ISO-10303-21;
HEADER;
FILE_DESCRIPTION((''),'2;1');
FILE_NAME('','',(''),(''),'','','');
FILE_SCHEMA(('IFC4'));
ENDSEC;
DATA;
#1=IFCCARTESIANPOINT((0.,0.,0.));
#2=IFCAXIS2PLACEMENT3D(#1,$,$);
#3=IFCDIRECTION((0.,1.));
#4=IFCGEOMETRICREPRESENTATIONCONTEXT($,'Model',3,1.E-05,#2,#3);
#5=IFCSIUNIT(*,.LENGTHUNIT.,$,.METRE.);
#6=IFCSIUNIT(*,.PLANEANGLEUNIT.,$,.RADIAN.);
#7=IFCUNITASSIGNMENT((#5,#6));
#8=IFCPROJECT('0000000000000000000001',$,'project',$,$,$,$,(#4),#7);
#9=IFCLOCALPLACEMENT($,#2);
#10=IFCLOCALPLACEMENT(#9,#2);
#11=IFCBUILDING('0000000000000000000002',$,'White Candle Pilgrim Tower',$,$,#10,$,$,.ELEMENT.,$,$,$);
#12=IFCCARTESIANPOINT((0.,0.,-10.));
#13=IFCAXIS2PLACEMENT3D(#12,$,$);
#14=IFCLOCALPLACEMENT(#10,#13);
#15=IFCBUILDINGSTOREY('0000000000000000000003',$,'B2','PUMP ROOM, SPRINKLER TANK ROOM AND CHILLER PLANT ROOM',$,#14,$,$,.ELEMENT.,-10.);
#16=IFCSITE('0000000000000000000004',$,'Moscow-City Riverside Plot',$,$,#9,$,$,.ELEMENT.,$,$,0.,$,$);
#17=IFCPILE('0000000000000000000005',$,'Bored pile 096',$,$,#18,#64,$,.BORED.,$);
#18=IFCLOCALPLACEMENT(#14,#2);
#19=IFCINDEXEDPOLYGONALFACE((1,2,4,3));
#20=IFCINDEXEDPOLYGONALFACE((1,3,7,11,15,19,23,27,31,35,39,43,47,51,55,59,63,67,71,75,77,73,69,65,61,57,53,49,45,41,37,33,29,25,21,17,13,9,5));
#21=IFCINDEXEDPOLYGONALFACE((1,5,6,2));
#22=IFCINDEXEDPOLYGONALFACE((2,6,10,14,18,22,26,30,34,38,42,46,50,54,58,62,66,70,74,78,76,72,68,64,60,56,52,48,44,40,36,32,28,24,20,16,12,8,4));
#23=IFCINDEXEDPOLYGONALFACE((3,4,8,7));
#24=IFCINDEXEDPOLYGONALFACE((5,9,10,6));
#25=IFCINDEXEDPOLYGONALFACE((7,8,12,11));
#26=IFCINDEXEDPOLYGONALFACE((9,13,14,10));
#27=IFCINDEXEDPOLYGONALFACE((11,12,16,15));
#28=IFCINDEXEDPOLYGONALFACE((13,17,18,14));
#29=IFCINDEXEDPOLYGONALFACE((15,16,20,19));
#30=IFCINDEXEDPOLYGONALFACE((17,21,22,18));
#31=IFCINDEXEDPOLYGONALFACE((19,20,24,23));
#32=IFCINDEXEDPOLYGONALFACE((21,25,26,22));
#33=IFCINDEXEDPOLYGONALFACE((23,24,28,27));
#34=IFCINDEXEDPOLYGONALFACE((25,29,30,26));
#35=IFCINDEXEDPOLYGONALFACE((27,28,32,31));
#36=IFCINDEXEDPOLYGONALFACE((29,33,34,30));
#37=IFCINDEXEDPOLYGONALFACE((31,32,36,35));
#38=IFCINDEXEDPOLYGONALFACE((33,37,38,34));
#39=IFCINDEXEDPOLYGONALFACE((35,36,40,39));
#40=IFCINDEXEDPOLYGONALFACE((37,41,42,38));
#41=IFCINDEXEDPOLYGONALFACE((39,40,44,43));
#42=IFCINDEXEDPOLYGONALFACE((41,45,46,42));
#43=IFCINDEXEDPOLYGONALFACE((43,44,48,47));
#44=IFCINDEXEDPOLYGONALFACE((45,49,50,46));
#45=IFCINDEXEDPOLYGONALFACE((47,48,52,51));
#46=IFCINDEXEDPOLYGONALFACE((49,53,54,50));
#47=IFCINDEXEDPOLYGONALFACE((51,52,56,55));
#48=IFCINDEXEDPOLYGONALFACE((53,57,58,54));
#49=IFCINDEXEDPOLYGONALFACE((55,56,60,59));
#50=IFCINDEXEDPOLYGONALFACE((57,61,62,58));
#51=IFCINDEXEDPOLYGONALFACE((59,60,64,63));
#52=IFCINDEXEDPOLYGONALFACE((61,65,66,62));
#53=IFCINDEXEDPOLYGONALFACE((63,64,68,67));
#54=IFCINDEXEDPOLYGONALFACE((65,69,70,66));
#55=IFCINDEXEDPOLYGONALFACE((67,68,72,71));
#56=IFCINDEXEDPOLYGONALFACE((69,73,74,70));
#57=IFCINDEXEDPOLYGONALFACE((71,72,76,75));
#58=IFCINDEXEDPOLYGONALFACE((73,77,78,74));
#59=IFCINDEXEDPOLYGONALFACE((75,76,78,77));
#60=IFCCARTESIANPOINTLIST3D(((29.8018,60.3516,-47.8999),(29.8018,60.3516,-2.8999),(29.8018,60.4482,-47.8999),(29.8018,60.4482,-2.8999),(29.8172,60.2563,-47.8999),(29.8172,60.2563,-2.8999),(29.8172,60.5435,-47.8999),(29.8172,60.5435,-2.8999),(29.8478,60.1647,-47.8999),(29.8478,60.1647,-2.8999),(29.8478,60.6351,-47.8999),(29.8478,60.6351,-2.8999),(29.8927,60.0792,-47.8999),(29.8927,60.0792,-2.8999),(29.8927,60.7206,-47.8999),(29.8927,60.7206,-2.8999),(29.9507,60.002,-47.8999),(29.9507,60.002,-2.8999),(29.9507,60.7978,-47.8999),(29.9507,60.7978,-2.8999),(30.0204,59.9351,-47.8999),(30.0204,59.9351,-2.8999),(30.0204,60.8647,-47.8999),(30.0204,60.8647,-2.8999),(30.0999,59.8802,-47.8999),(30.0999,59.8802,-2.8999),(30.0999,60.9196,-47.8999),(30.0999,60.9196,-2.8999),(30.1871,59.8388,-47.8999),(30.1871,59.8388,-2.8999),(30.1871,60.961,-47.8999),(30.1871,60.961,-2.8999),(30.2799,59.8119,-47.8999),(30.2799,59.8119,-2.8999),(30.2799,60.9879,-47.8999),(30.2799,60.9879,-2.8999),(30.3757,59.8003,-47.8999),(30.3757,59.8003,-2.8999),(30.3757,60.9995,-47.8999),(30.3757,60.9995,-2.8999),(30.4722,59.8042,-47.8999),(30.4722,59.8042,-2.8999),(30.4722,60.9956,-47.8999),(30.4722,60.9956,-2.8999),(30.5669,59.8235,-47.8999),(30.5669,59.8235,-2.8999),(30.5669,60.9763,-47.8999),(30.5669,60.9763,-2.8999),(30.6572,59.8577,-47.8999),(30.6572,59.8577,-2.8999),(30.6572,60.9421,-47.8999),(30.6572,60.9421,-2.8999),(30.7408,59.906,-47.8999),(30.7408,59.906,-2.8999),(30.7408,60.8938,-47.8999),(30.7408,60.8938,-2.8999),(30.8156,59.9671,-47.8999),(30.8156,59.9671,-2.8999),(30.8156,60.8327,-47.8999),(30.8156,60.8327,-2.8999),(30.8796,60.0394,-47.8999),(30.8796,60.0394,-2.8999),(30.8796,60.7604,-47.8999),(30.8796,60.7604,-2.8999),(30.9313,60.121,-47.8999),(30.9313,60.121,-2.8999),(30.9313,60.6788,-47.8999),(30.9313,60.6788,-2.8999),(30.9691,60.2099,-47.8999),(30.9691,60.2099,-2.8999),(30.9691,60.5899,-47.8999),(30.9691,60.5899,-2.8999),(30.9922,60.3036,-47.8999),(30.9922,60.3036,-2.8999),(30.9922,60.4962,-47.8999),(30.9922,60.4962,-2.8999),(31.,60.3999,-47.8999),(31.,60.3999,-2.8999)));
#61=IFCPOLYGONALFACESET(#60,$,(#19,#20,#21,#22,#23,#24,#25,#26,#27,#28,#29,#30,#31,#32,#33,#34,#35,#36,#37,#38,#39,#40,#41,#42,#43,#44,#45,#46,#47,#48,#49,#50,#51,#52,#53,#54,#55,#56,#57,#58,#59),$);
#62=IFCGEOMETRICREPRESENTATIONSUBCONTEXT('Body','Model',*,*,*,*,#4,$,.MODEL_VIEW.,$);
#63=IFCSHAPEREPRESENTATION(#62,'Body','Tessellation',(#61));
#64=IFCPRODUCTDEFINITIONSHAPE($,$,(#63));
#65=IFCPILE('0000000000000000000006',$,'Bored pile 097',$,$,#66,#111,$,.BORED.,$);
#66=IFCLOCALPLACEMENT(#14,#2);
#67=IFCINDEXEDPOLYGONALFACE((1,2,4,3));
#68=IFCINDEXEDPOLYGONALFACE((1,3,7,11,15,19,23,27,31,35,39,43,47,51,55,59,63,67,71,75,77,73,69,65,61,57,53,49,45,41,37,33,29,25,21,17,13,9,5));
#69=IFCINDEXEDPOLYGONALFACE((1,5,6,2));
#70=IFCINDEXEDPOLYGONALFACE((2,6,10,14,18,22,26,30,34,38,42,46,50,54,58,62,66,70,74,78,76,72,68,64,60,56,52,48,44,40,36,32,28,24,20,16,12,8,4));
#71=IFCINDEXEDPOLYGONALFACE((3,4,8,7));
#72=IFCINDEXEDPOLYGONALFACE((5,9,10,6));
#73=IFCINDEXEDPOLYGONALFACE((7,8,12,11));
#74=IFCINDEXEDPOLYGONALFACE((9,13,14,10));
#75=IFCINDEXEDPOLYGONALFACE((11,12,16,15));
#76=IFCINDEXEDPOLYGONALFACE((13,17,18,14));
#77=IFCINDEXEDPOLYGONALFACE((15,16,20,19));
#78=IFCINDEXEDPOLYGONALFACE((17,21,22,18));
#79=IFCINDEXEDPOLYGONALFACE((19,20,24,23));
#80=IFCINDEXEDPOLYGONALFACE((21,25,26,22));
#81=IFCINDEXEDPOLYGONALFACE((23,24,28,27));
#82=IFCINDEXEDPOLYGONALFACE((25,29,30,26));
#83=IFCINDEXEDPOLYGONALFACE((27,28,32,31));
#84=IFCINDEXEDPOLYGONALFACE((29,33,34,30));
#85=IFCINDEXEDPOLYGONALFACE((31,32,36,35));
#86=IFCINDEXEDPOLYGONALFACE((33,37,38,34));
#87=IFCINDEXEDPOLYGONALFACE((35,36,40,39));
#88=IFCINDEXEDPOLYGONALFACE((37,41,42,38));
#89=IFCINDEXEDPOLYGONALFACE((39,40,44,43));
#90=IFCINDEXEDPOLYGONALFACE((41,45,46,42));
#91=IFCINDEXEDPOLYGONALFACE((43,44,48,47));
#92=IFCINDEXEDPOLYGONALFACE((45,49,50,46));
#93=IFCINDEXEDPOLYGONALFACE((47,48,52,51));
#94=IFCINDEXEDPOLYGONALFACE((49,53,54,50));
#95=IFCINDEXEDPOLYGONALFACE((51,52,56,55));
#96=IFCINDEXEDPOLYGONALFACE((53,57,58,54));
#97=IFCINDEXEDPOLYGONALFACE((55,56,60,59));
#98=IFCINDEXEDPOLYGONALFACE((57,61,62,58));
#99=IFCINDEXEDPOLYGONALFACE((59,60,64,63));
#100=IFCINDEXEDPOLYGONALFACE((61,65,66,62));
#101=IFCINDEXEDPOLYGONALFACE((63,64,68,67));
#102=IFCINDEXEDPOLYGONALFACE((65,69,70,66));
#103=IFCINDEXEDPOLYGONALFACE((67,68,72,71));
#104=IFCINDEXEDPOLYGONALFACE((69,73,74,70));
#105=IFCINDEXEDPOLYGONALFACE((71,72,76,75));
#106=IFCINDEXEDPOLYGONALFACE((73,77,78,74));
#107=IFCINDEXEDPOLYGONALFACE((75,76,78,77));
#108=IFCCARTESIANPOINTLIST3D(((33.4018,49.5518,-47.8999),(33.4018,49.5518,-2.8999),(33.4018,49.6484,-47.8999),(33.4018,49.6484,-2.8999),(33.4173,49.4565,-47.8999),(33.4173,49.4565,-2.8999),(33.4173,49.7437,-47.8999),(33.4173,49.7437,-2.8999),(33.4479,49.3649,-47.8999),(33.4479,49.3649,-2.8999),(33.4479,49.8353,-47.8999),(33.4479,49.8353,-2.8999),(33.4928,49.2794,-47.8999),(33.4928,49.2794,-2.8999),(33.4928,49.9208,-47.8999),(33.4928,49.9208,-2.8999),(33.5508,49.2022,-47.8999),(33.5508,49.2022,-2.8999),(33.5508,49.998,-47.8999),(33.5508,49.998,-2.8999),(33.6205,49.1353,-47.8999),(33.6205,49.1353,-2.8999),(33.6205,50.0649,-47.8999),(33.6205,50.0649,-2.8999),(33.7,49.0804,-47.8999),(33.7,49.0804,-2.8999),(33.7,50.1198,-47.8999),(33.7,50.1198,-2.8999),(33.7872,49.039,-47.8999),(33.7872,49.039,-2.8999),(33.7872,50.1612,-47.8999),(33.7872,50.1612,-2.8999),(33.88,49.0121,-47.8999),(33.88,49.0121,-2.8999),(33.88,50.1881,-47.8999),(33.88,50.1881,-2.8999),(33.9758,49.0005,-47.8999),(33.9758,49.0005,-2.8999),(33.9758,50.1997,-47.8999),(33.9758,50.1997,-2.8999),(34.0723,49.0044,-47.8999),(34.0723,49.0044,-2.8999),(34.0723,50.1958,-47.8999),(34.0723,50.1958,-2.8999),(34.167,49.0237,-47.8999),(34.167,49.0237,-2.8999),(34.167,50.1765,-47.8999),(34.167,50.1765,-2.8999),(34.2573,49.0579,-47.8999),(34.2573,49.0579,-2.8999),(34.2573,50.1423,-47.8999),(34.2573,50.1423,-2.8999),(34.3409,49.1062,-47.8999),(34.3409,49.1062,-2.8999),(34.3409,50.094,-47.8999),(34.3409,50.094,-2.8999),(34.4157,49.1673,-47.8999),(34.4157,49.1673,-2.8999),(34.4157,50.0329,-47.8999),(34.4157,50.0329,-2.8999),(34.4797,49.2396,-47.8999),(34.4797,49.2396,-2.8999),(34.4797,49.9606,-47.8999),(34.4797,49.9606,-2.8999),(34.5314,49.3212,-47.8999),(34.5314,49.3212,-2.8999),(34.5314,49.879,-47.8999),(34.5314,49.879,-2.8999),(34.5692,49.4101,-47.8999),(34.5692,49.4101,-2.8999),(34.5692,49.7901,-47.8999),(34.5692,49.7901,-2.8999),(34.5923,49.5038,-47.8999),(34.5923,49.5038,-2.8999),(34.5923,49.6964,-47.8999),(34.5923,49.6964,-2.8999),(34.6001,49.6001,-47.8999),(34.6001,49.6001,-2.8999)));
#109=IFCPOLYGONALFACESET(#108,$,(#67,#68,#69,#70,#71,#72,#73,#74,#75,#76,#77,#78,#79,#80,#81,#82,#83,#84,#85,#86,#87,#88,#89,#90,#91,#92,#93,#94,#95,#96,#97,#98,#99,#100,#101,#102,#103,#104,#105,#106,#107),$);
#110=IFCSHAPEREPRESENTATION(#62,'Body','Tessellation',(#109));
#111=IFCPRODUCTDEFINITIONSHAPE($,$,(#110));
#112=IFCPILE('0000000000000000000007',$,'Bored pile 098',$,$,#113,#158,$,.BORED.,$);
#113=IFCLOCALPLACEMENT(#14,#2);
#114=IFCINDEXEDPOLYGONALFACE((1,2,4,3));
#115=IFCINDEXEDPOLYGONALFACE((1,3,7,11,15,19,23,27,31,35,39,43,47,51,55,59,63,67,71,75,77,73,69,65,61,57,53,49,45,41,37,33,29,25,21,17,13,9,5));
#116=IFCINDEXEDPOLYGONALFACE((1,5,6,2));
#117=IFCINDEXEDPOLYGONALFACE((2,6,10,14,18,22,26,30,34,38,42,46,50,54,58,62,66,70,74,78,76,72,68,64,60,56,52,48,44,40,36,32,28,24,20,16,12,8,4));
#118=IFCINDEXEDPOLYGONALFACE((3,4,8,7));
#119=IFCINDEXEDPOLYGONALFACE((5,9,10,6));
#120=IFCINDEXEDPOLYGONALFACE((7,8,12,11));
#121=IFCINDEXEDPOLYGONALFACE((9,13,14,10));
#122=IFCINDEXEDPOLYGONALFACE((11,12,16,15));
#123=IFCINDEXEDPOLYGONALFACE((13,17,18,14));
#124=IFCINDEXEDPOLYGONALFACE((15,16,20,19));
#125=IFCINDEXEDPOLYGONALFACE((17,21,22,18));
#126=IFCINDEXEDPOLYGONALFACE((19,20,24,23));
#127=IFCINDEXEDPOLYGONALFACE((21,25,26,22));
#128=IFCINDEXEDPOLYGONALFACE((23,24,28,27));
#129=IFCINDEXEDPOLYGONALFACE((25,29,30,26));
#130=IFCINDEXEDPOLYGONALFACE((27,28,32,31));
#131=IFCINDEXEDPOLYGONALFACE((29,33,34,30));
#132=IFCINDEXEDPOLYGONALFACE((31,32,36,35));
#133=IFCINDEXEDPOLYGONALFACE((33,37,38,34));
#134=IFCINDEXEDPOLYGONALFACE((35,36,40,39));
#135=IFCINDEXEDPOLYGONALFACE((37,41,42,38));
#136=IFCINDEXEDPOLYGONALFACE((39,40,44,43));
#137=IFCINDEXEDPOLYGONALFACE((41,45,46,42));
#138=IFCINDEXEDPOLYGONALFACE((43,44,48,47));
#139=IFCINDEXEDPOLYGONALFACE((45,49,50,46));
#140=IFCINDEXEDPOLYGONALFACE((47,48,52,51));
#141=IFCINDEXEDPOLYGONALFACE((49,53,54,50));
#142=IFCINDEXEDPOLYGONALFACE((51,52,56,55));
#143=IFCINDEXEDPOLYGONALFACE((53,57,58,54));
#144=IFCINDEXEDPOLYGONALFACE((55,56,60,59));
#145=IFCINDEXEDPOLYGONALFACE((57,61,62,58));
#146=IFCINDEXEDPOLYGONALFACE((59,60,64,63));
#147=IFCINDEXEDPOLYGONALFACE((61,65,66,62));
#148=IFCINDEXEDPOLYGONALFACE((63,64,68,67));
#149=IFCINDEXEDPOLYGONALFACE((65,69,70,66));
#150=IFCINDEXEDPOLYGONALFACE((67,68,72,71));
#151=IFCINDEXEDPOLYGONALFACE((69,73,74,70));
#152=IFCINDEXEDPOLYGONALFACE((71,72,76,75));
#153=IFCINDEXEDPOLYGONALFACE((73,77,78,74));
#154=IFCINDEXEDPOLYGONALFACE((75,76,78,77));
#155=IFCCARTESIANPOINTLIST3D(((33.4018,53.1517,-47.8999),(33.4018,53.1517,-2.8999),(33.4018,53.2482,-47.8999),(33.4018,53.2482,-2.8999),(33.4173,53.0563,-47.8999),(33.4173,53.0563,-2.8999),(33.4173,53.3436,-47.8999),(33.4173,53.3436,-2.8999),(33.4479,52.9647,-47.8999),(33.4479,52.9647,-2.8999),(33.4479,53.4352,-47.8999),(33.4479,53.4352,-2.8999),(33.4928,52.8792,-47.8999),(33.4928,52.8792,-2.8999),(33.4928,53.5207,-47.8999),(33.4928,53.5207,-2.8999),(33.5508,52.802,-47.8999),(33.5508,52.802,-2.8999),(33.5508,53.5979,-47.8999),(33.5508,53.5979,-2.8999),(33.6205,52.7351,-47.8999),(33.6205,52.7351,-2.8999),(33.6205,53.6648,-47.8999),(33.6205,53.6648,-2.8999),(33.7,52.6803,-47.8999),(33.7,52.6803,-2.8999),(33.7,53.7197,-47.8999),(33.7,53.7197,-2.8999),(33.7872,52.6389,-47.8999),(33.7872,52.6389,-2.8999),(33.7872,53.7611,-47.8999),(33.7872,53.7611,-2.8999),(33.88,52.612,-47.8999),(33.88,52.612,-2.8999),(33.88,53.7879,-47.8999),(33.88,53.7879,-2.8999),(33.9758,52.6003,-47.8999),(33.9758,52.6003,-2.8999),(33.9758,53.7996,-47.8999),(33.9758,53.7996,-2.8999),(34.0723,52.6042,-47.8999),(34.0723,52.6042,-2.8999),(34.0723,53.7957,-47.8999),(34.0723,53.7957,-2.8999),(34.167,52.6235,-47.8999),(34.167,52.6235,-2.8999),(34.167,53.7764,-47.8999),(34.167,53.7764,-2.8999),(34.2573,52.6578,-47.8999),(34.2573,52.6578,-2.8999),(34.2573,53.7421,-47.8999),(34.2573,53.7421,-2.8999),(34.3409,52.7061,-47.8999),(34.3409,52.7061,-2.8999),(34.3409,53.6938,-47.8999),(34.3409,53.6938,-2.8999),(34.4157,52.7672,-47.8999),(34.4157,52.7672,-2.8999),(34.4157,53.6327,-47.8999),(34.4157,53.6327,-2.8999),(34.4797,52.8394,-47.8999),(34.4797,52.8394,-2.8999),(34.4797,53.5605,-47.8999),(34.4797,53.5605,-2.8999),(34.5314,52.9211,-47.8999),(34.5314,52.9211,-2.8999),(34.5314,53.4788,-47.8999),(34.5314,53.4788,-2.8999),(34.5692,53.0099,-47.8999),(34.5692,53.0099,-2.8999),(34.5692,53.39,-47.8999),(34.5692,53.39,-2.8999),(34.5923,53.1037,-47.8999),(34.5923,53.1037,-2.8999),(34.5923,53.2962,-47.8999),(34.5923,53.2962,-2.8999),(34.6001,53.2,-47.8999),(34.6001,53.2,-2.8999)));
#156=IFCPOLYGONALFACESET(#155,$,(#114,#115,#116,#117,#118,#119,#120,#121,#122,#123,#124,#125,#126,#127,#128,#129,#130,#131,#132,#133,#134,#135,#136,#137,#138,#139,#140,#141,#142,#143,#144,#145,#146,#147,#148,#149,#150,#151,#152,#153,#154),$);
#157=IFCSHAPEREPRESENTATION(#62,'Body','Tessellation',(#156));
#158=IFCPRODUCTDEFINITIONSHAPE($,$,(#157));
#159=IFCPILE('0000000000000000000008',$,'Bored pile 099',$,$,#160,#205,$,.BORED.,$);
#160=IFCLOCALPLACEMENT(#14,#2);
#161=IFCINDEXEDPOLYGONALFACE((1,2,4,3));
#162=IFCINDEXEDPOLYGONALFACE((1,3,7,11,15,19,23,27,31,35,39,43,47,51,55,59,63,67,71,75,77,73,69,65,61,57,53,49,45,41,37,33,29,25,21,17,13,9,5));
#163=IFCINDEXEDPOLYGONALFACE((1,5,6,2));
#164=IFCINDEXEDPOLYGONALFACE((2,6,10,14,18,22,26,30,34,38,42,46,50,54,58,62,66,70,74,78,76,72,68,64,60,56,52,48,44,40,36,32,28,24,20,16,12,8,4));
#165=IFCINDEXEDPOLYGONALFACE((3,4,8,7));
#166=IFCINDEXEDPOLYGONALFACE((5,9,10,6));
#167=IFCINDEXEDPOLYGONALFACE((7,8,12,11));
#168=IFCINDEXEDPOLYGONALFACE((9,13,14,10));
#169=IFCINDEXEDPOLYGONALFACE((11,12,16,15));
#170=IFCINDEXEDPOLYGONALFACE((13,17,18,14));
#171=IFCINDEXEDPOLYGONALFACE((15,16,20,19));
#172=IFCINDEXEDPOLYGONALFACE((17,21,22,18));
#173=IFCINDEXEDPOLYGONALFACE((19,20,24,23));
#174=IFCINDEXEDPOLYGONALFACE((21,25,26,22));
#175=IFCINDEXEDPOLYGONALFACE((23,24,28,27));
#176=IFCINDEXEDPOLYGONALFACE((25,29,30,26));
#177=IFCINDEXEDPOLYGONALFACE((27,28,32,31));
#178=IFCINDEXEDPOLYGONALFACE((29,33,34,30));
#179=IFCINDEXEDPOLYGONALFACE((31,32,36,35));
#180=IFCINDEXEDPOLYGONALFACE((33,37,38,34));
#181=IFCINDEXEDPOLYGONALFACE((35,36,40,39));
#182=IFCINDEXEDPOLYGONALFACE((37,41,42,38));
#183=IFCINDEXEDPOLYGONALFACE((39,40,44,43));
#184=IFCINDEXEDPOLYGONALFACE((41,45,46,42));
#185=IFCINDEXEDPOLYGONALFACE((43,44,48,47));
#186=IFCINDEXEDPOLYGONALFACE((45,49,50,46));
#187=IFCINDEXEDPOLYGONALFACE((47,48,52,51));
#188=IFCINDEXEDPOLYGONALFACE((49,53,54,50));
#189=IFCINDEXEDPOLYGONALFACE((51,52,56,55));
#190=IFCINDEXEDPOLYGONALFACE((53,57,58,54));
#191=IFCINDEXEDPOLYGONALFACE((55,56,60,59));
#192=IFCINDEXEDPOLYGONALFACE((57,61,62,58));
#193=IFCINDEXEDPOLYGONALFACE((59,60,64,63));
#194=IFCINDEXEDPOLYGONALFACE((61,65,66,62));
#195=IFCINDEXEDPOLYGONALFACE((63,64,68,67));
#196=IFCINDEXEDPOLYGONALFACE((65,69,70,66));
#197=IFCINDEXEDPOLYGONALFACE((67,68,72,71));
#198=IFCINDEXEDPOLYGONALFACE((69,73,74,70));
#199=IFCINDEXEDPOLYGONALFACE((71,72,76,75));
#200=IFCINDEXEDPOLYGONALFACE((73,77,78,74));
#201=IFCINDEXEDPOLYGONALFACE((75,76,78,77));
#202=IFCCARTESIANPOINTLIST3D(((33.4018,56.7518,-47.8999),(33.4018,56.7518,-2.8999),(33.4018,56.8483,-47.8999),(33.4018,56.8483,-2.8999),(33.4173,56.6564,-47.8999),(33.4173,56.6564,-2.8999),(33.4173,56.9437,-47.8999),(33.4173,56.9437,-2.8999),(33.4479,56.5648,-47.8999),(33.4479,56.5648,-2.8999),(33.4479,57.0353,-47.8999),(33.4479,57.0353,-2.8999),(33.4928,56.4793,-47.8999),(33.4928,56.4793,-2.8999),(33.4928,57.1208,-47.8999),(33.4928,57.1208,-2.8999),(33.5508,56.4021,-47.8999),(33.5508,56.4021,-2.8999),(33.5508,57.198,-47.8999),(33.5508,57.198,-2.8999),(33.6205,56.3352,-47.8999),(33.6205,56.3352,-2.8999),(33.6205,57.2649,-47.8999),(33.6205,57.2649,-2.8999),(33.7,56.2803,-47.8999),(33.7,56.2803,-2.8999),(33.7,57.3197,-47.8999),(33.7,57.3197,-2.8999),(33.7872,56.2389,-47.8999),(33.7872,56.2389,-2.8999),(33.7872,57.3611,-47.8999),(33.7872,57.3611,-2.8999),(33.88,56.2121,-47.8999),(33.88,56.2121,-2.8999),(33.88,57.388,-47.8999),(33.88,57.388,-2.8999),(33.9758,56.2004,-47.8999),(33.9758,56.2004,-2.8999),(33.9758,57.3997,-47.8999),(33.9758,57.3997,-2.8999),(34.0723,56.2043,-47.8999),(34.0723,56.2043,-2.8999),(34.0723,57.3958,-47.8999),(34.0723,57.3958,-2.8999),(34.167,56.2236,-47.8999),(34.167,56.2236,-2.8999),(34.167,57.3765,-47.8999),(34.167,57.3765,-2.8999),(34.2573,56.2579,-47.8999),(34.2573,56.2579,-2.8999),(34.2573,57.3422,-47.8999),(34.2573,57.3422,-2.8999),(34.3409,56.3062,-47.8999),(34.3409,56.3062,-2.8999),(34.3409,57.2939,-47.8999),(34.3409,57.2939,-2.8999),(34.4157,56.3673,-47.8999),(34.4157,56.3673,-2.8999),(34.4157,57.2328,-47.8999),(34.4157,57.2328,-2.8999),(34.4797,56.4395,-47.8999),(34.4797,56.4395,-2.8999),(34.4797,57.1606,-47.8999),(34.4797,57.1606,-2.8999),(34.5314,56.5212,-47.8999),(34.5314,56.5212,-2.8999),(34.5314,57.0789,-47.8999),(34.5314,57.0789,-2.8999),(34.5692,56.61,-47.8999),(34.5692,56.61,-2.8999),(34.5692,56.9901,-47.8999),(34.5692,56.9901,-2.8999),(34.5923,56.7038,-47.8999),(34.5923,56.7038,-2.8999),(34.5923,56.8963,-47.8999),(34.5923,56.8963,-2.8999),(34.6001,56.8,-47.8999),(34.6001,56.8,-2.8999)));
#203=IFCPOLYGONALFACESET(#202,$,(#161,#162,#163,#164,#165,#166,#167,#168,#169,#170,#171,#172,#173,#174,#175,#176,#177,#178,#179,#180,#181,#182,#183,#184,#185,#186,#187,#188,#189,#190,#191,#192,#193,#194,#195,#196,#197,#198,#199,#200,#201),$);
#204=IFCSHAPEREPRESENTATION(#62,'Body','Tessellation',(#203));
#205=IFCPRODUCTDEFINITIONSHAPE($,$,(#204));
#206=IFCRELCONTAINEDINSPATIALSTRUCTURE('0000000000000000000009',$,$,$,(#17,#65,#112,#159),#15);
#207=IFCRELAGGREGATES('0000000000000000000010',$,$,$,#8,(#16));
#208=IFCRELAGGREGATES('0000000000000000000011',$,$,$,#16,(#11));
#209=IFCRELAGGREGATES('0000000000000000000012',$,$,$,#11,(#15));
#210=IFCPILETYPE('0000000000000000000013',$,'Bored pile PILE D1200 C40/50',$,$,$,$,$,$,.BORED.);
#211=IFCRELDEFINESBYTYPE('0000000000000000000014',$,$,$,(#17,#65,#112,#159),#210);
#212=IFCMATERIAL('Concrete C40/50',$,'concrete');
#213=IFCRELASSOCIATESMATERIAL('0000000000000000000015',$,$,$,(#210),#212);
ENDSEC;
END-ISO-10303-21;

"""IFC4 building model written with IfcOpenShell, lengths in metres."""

from ifc_helpers import new_model, si_unit, direction, frame, origin, origin_2d, place, context, subcontext, project, spatial, circle, extrude, material, material_profile, profile_set, type_object, element, save


model = new_model("IFC4")

# Units and contexts
model_context = context("Model", 3, precision=1e-05, world=origin(), true_north=direction((0.0, 1.0)))
body_context = subcontext(model_context, "Body", "Model", "MODEL_VIEW")
ifc_project = project(units=[si_unit("LENGTHUNIT", "METRE"), si_unit("PLANEANGLEUNIT", "RADIAN")], contexts=[model_context])

# Site, building, storey
site_placement = place(None, origin())
site = spatial("IfcSite", under=ifc_project, at=site_placement, Name="Moscow-City Riverside Plot", CompositionType="ELEMENT", RefElevation=0.0)
building_placement = place(site_placement, origin())
building = spatial("IfcBuilding", under=site, at=building_placement, Name="White Candle Pilgrim Tower", CompositionType="ELEMENT")
storey_placement = place(building_placement, frame((0.0, 0.0, -10.0)))
storey = spatial("IfcBuildingStorey", under=building, at=storey_placement, Name="B2", Description="PUMP ROOM, SPRINKLER TANK ROOM AND CHILLER PLANT ROOM", CompositionType="ELEMENT", Elevation=-10.0)

# Piles
ifc_material_1 = material(Name="Concrete C40/50", Category="concrete")
ifc_material_profile_1 = material_profile(ifc_material_1, circle(Radius=0.6001, at=origin_2d()), Name="PILE D1200")
ifc_profile_set_1 = profile_set([ifc_material_profile_1], Name="Concrete C40/50")
pile_type_1 = type_object("IfcPileType", Name="Bored pile PILE D1200 C40/50", PredefinedType="BORED", material=ifc_profile_set_1)
for number, where, z_axis, x_axis, name in (
    (1, (30.3999, 60.3999, -2.8999), (0.0, 0.0, -1.0), (1.0, 0.0, 0.0), "Bored pile 096"),
    (2, (34.0, 49.6001, -2.8999), (0.0, 0.0, -1.0), (1.0, 0.0, 0.0), "Bored pile 097"),
    (3, (34.0, 53.2, -2.8999), (0.0, 0.0, -1.0), (1.0, 0.0, 0.0), "Bored pile 098"),
    (4, (34.0, 56.8, -2.8999), (0.0, 0.0, -1.0), (1.0, 0.0, 0.0), "Bored pile 099"),
):
    element("IfcPile", number, at=place(storey_placement, frame(where, z_axis=z_axis, x_axis=x_axis)), inside=storey, type_object=pile_type_1, Name=name, PredefinedType="BORED", context=body_context, shape_type="SweptSolid", body=[
        extrude(circle(Radius=0.6001, at=origin_2d()), origin(), (0.0, 0.0, 1.0), 45.0),
    ])

save(model, "model.ifc")
